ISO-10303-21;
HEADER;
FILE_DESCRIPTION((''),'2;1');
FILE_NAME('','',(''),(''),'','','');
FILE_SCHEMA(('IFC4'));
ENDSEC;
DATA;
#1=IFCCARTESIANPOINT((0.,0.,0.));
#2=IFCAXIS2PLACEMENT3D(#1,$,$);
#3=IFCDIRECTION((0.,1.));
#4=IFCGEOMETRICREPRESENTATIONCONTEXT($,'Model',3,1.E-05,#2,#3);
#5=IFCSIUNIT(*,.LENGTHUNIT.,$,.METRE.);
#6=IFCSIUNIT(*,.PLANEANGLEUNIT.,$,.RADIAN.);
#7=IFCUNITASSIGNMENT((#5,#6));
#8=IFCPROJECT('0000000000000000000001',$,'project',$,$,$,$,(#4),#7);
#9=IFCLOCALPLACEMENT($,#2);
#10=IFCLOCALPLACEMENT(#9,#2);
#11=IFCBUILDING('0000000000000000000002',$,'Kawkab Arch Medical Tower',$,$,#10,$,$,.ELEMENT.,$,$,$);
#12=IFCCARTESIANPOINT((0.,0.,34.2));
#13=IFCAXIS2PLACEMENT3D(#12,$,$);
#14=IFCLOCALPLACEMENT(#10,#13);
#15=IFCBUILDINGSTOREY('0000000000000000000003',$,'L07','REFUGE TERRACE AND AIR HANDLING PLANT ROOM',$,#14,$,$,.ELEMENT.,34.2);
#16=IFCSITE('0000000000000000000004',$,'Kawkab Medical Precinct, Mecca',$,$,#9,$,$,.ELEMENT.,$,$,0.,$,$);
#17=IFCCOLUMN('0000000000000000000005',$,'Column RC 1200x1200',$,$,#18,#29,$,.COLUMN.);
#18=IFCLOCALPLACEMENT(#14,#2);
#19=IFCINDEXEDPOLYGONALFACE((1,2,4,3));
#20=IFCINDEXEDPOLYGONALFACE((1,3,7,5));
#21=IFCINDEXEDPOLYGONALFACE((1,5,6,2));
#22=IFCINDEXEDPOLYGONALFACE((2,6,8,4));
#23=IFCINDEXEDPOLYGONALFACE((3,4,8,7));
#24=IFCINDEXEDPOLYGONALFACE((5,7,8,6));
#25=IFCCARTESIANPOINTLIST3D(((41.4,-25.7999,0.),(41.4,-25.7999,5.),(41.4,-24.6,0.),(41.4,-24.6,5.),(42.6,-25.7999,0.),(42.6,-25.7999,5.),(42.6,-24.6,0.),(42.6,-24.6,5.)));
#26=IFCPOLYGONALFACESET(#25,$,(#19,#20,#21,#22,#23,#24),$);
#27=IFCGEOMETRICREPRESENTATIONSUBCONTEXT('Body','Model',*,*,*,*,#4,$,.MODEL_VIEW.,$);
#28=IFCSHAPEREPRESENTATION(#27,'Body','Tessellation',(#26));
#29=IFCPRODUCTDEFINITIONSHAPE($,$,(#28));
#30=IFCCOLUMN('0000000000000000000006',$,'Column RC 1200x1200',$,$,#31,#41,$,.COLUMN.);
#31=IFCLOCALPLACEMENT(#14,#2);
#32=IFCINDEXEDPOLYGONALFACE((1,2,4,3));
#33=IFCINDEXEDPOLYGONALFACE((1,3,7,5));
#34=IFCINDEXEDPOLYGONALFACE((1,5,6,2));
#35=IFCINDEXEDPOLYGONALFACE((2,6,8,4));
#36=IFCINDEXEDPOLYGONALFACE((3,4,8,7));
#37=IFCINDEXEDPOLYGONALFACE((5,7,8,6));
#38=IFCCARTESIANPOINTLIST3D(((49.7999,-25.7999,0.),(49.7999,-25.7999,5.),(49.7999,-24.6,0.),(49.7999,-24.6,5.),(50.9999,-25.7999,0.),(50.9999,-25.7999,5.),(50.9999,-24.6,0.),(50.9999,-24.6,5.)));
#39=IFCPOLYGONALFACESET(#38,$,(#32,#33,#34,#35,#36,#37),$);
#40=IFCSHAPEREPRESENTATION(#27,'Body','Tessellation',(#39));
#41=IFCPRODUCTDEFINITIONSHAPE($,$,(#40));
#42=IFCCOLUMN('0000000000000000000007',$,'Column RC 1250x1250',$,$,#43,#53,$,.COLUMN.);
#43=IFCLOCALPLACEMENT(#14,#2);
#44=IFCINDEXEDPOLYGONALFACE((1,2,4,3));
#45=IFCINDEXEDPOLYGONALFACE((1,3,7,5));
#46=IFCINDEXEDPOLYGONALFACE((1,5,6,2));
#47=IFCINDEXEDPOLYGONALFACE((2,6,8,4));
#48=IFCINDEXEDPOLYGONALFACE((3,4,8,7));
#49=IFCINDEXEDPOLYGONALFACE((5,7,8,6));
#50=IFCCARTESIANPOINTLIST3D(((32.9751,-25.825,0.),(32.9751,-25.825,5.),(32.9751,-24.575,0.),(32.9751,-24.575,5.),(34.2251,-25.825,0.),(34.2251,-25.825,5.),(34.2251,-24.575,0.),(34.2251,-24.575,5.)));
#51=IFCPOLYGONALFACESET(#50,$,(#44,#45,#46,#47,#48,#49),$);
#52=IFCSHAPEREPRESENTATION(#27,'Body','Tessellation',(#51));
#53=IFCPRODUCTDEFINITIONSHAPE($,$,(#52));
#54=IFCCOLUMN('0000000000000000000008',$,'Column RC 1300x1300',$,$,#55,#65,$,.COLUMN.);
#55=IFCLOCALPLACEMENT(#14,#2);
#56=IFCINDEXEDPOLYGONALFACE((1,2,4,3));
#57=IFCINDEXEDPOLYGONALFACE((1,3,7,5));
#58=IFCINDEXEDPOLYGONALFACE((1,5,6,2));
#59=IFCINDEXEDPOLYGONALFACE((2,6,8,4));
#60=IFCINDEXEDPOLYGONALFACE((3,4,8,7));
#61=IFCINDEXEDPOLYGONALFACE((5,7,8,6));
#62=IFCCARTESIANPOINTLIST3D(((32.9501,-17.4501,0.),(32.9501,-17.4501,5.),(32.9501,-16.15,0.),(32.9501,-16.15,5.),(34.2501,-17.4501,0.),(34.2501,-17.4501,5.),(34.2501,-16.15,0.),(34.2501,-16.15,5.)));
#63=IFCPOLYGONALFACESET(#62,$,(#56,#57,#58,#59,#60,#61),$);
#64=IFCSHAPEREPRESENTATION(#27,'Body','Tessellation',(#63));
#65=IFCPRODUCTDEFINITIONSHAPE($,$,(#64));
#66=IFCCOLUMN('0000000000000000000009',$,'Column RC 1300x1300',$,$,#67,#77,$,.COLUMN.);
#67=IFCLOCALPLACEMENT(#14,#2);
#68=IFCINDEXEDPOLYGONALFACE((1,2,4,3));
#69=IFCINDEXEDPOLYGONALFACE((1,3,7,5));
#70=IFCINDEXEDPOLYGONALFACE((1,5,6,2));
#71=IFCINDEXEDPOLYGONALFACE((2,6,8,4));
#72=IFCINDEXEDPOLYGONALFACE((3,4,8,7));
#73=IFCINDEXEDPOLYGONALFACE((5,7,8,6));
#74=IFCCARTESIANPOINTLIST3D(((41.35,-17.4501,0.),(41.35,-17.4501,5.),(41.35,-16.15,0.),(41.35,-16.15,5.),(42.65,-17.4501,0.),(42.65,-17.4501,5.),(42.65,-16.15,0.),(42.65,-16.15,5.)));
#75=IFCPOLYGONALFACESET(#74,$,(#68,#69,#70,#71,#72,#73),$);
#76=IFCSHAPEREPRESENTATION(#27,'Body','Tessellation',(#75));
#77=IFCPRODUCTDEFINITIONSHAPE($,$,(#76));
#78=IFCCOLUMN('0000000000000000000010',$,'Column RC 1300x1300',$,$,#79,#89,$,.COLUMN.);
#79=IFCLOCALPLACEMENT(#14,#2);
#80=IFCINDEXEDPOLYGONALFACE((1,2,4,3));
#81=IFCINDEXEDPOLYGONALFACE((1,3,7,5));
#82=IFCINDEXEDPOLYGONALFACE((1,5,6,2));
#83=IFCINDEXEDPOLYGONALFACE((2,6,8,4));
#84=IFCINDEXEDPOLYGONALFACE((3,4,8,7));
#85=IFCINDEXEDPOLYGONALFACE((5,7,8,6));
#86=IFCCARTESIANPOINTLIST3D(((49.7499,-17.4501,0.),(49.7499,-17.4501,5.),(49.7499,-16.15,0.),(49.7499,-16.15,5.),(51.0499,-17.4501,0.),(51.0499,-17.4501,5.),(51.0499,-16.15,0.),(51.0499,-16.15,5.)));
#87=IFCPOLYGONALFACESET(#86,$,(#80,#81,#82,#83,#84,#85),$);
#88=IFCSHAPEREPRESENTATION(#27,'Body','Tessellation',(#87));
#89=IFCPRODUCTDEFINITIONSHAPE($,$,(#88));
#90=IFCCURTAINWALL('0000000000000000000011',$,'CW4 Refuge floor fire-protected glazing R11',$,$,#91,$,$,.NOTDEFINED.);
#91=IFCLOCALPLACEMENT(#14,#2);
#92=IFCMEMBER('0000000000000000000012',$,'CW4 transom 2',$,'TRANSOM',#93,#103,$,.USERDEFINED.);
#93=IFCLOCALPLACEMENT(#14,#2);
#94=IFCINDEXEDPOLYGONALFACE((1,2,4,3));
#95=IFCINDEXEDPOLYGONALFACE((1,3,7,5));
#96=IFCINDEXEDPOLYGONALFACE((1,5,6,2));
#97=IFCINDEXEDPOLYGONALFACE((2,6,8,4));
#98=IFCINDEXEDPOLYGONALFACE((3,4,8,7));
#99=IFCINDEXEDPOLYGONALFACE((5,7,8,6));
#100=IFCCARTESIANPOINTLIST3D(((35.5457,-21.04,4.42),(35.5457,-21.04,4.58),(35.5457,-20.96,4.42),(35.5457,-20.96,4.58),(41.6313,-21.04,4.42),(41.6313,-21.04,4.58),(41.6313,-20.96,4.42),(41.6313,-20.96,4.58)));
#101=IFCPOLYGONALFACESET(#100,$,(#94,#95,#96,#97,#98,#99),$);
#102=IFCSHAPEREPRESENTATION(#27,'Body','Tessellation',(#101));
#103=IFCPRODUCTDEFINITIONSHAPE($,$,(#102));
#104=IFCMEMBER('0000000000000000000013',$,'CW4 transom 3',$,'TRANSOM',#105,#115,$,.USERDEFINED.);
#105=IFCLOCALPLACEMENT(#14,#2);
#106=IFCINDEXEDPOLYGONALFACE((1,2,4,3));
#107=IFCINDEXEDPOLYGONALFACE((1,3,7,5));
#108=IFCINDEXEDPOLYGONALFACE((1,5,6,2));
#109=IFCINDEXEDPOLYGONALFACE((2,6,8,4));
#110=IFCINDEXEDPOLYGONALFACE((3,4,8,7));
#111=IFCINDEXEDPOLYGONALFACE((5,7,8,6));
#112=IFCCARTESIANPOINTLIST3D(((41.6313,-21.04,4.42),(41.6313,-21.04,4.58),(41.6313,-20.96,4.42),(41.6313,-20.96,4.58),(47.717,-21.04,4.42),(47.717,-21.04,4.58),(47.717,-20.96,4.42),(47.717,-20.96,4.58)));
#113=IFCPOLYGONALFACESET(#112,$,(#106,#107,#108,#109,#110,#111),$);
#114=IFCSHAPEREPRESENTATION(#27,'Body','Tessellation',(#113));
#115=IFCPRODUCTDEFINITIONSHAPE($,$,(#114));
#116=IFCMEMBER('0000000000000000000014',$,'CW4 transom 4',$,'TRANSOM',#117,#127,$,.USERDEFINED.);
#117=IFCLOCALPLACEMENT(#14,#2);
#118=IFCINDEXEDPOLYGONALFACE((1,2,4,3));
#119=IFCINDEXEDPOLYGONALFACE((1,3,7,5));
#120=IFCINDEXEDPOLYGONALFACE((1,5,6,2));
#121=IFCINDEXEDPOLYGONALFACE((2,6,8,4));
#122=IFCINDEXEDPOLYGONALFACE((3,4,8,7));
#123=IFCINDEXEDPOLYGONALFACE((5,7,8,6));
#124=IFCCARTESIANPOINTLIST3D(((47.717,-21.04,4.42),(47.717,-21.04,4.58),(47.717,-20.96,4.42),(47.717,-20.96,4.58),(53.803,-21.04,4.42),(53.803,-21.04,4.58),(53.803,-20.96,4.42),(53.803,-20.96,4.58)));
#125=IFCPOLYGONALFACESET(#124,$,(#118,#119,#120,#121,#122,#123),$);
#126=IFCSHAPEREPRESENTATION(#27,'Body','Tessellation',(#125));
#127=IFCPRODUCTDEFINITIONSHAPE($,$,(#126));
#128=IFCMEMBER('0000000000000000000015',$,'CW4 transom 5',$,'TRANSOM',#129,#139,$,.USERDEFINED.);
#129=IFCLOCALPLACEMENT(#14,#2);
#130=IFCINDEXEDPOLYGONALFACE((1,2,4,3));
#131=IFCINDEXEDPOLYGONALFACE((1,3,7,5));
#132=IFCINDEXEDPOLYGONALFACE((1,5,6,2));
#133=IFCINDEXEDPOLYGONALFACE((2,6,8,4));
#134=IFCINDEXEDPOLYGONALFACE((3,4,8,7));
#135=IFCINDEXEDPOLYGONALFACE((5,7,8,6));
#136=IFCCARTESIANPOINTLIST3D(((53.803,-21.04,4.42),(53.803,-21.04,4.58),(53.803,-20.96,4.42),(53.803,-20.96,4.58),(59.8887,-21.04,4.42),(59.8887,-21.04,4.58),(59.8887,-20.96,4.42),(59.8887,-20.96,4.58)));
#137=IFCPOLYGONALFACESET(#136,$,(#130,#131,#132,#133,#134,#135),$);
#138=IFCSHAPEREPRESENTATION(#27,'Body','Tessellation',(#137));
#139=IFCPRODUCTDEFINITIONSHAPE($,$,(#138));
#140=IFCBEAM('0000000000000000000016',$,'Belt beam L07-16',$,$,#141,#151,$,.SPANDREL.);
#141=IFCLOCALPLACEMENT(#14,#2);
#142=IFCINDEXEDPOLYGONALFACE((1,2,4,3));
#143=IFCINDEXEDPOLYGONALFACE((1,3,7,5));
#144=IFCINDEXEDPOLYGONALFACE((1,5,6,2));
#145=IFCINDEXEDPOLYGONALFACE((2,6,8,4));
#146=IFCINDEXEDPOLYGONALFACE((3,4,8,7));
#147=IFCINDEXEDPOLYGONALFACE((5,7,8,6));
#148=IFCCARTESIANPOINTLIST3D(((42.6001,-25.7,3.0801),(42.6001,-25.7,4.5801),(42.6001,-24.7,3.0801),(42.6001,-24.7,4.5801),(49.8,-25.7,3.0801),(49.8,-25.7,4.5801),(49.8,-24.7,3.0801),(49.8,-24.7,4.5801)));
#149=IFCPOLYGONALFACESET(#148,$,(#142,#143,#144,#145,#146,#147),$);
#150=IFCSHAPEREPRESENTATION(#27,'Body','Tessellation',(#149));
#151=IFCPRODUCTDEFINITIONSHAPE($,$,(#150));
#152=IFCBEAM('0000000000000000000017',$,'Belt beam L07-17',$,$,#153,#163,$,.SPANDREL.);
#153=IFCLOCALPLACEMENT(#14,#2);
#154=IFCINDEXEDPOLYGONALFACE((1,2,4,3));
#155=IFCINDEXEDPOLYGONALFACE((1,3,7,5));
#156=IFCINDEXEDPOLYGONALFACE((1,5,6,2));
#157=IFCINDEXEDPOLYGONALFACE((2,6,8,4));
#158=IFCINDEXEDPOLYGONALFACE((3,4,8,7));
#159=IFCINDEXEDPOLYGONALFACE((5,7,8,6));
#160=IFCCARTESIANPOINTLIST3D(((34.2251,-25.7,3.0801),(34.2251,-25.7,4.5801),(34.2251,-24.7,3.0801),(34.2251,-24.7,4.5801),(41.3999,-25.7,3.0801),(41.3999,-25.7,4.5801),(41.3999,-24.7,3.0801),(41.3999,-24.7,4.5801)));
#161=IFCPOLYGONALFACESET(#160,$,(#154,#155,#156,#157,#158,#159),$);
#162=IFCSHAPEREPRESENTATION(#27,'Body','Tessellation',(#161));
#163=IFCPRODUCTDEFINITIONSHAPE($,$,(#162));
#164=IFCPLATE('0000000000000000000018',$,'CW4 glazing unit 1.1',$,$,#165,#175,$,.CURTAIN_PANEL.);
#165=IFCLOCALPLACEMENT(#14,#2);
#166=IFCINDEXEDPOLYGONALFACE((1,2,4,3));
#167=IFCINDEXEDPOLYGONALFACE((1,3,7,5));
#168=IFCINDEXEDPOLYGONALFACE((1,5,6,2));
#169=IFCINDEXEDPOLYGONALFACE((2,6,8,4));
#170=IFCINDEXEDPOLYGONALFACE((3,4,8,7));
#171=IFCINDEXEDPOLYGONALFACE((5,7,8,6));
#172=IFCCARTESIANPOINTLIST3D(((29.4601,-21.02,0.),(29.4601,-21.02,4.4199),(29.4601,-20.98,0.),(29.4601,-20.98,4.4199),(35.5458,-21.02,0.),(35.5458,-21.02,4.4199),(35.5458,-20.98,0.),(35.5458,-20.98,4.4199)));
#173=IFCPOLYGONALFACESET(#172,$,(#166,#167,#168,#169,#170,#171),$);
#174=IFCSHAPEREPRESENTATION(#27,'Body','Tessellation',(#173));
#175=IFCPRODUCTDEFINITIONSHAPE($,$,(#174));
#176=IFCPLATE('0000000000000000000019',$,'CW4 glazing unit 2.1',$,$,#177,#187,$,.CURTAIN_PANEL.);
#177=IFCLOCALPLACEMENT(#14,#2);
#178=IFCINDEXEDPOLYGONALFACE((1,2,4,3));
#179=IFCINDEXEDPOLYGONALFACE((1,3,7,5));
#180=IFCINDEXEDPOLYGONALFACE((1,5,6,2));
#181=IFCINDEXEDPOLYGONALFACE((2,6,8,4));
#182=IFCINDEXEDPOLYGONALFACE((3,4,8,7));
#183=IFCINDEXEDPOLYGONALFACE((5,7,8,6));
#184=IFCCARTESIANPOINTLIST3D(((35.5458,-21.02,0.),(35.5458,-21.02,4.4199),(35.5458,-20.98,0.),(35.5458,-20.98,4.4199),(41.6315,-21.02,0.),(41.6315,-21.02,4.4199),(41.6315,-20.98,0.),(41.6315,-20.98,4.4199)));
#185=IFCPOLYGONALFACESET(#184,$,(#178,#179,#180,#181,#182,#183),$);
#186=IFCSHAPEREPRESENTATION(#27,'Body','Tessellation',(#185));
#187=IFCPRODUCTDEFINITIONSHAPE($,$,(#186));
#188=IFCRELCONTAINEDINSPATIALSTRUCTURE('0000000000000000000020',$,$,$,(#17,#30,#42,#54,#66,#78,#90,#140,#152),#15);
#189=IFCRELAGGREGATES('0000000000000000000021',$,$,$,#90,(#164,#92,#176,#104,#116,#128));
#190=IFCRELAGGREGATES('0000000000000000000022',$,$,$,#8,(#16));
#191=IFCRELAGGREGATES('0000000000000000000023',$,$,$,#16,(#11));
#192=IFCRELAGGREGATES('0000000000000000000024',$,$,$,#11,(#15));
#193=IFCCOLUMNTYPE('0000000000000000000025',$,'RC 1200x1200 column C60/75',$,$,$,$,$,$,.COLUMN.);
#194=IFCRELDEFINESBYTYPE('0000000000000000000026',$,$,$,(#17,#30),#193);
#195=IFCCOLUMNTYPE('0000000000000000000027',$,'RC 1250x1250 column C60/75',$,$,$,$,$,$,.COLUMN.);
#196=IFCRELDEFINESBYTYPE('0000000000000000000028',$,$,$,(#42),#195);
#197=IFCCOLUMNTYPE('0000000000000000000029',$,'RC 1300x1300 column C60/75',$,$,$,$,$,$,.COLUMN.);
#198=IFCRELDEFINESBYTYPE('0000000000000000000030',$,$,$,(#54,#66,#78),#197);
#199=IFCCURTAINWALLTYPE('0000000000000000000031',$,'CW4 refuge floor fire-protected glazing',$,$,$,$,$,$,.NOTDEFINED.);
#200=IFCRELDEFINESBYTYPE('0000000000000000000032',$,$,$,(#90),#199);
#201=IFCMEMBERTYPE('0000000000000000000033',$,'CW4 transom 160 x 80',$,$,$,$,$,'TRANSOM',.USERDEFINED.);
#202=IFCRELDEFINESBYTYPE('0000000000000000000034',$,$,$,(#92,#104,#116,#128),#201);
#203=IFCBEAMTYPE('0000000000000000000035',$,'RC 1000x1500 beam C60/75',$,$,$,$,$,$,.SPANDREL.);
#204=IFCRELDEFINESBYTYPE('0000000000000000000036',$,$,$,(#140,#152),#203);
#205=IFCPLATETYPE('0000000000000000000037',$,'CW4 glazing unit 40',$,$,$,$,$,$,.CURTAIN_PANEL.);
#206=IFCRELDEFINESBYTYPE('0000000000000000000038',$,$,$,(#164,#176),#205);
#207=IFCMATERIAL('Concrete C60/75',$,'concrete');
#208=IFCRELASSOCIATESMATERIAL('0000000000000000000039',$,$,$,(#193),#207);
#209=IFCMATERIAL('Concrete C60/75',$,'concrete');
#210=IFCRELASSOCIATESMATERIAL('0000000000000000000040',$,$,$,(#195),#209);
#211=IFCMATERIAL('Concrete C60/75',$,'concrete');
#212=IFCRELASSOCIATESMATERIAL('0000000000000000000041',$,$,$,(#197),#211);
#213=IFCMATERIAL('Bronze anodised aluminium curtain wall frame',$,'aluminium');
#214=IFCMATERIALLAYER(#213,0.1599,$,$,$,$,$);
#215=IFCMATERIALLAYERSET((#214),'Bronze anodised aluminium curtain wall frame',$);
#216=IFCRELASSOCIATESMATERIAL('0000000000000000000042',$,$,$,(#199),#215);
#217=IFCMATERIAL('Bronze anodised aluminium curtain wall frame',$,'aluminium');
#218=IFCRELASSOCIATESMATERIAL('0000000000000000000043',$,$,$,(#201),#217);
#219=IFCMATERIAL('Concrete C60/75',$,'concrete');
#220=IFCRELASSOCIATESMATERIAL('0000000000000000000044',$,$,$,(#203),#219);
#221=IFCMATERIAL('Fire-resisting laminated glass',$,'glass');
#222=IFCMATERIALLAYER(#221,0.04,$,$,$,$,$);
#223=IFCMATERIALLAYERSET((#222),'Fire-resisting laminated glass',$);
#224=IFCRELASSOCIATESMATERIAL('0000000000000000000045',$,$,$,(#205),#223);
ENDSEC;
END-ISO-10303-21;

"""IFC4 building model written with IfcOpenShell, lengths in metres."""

from ifc_helpers import new_model, si_unit, direction, frame, origin, origin_2d, place, context, subcontext, project, spatial, rectangle, extrude, material, layer, layer_set, material_profile, profile_set, type_object, element, aggregate, save


model = new_model("IFC4")

# Units and contexts
model_context = context("Model", 3, precision=1e-05, world=origin(), true_north=direction((0.0, 1.0)))
body_context = subcontext(model_context, "Body", "Model", "MODEL_VIEW")
ifc_project = project(units=[si_unit("LENGTHUNIT", "METRE"), si_unit("PLANEANGLEUNIT", "RADIAN")], contexts=[model_context])

# Site, building, storey
site_placement = place(None, origin())
site = spatial("IfcSite", under=ifc_project, at=site_placement, Name="Kawkab Medical Precinct, Mecca", CompositionType="ELEMENT", RefElevation=0.0)
building_placement = place(site_placement, origin())
building = spatial("IfcBuilding", under=site, at=building_placement, Name="Kawkab Arch Medical Tower", CompositionType="ELEMENT")
storey_placement = place(building_placement, frame((0.0, 0.0, 34.2)))
storey = spatial("IfcBuildingStorey", under=building, at=storey_placement, Name="L07", Description="REFUGE TERRACE AND AIR HANDLING PLANT ROOM", CompositionType="ELEMENT", Elevation=34.2)

# Columns
ifc_material_1 = material(Name="Concrete C60/75", Category="concrete")
ifc_material_profile_1 = material_profile(ifc_material_1, rectangle(XDim=1.2, YDim=1.2, at=origin_2d()), Name="RC 1200x1200")
ifc_profile_set_1 = profile_set([ifc_material_profile_1], Name="Concrete C60/75")
column_type_1 = type_object("IfcColumnType", Name="RC 1200x1200 column C60/75", PredefinedType="COLUMN", material=ifc_profile_set_1)
for number, where, z_axis, x_axis, name in (
    (1, (42.0, -25.2, 0.0), (0.0, 0.0, 1.0), (1.0, 0.0, 0.0), "Column RC 1200x1200"),
    (2, (50.3999, -25.2, 0.0), (0.0, 0.0, 1.0), (1.0, 0.0, 0.0), "Column RC 1200x1200"),
):
    element("IfcColumn", number, at=place(storey_placement, frame(where, z_axis=z_axis, x_axis=x_axis)), inside=storey, type_object=column_type_1, Name=name, PredefinedType="COLUMN", context=body_context, shape_type="SweptSolid", body=[
        extrude(rectangle(XDim=1.2, YDim=1.2, at=origin_2d()), origin(), (0.0, 0.0, 1.0), 5.0),
    ])
ifc_material_2 = material(Name="Concrete C60/75", Category="concrete")
ifc_material_profile_2 = material_profile(ifc_material_2, rectangle(XDim=1.25, YDim=1.25, at=origin_2d()), Name="RC 1250x1250")
ifc_profile_set_2 = profile_set([ifc_material_profile_2], Name="Concrete C60/75")
column_type_2 = type_object("IfcColumnType", Name="RC 1250x1250 column C60/75", PredefinedType="COLUMN", material=ifc_profile_set_2)
column_placement = place(storey_placement, frame((33.6001, -25.2, 0.0), z_axis=(0.0, 0.0, 1.0), x_axis=(1.0, 0.0, 0.0)))
element("IfcColumn", 3, at=column_placement, inside=storey, type_object=column_type_2, Name="Column RC 1250x1250", PredefinedType="COLUMN", context=body_context, shape_type="SweptSolid", body=[
    extrude(rectangle(XDim=1.25, YDim=1.25, at=origin_2d()), origin(), (0.0, 0.0, 1.0), 5.0),
])
ifc_material_3 = material(Name="Concrete C60/75", Category="concrete")
ifc_material_profile_3 = material_profile(ifc_material_3, rectangle(XDim=1.3, YDim=1.3, at=origin_2d()), Name="RC 1300x1300")
ifc_profile_set_3 = profile_set([ifc_material_profile_3], Name="Concrete C60/75")
column_type_3 = type_object("IfcColumnType", Name="RC 1300x1300 column C60/75", PredefinedType="COLUMN", material=ifc_profile_set_3)
for number, where, z_axis, x_axis, name in (
    (4, (33.6001, -16.8, 0.0), (0.0, 0.0, 1.0), (1.0, 0.0, 0.0), "Column RC 1300x1300"),
    (5, (42.0, -16.8, 0.0), (0.0, 0.0, 1.0), (1.0, 0.0, 0.0), "Column RC 1300x1300"),
    (6, (50.3999, -16.8, 0.0), (0.0, 0.0, 1.0), (1.0, 0.0, 0.0), "Column RC 1300x1300"),
):
    element("IfcColumn", number, at=place(storey_placement, frame(where, z_axis=z_axis, x_axis=x_axis)), inside=storey, type_object=column_type_3, Name=name, PredefinedType="COLUMN", context=body_context, shape_type="SweptSolid", body=[
        extrude(rectangle(XDim=1.3, YDim=1.3, at=origin_2d()), origin(), (0.0, 0.0, 1.0), 5.0),
    ])

# Curtain wall, members
ifc_material_4 = material(Name="Bronze anodised aluminium curtain wall frame", Category="aluminium")
ifc_layer_1 = layer(ifc_material_4, 0.1599)
ifc_layer_set_1 = layer_set([ifc_layer_1], Name="Bronze anodised aluminium curtain wall frame")
curtain_wall_type = type_object("IfcCurtainWallType", Name="CW4 refuge floor fire-protected glazing", PredefinedType="NOTDEFINED", material=ifc_layer_set_1)
curtain_wall_placement = place(storey_placement, origin())
curtain_wall = element("IfcCurtainWall", 7, at=curtain_wall_placement, inside=storey, type_object=curtain_wall_type, Name="CW4 Refuge floor fire-protected glazing R11", PredefinedType="NOTDEFINED")
ifc_material_5 = material(Name="Bronze anodised aluminium curtain wall frame", Category="aluminium")
ifc_material_profile_4 = material_profile(ifc_material_5, rectangle(XDim=0.0801, YDim=0.1599, at=origin_2d()), Name="AL 80x160")
ifc_profile_set_4 = profile_set([ifc_material_profile_4], Name="Bronze anodised aluminium curtain wall frame")
member_type = type_object("IfcMemberType", Name="CW4 transom 160 x 80", ElementType="TRANSOM", PredefinedType="USERDEFINED", material=ifc_profile_set_4)
member_1_placement = place(storey_placement, frame((35.5457, -21.0, 4.5), z_axis=(1.0, 0.0, 0.0), x_axis=(0.0, 1.0, 0.0)))
member_1 = element("IfcMember", 8, at=member_1_placement, type_object=member_type, Name="CW4 transom 2", ObjectType="TRANSOM", PredefinedType="USERDEFINED", context=body_context, shape_type="SweptSolid", body=[
    extrude(rectangle(XDim=0.0801, YDim=0.1599, at=origin_2d()), origin(), (0.0, 0.0, 1.0), 6.0857),
])
member_2_placement = place(storey_placement, frame((41.6313, -21.0, 4.5), z_axis=(1.0, 0.0, 0.0), x_axis=(0.0, 1.0, 0.0)))
member_2 = element("IfcMember", 9, at=member_2_placement, type_object=member_type, Name="CW4 transom 3", ObjectType="TRANSOM", PredefinedType="USERDEFINED", context=body_context, shape_type="SweptSolid", body=[
    extrude(rectangle(XDim=0.0801, YDim=0.1599, at=origin_2d()), origin(), (0.0, 0.0, 1.0), 6.0857),
])
member_3_placement = place(storey_placement, frame((47.717, -21.0, 4.5), z_axis=(1.0, 0.0, 0.0), x_axis=(0.0, 1.0, 0.0)))
member_3 = element("IfcMember", 10, at=member_3_placement, type_object=member_type, Name="CW4 transom 4", ObjectType="TRANSOM", PredefinedType="USERDEFINED", context=body_context, shape_type="SweptSolid", body=[
    extrude(rectangle(XDim=0.0801, YDim=0.1599, at=origin_2d()), origin(), (0.0, 0.0, 1.0), 6.0859),
])
member_4_placement = place(storey_placement, frame((53.803, -21.0, 4.5), z_axis=(1.0, 0.0, 0.0), x_axis=(0.0, 1.0, 0.0)))
member_4 = element("IfcMember", 11, at=member_4_placement, type_object=member_type, Name="CW4 transom 5", ObjectType="TRANSOM", PredefinedType="USERDEFINED", context=body_context, shape_type="SweptSolid", body=[
    extrude(rectangle(XDim=0.0801, YDim=0.1599, at=origin_2d()), origin(), (0.0, 0.0, 1.0), 6.0857),
])

# Beams
ifc_material_6 = material(Name="Concrete C60/75", Category="concrete")
ifc_material_profile_5 = material_profile(ifc_material_6, rectangle(XDim=1.0, YDim=1.5, at=origin_2d()), Name="RC 1000x1500")
ifc_profile_set_5 = profile_set([ifc_material_profile_5], Name="Concrete C60/75")
beam_type = type_object("IfcBeamType", Name="RC 1000x1500 beam C60/75", PredefinedType="SPANDREL", material=ifc_profile_set_5)
beam_1_placement = place(storey_placement, frame((49.8, -25.2, 3.8301), z_axis=(-1.0, 0.0, 0.0), x_axis=(0.0, -1.0, 0.0)))
element("IfcBeam", 12, at=beam_1_placement, inside=storey, type_object=beam_type, Name="Belt beam L07-16", PredefinedType="SPANDREL", context=body_context, shape_type="SweptSolid", body=[
    extrude(rectangle(XDim=1.0, YDim=1.5, at=origin_2d()), origin(), (0.0, 0.0, 1.0), 7.2),
])
beam_2_placement = place(storey_placement, frame((41.3999, -25.2, 3.8301), z_axis=(-1.0, 0.0, 0.0), x_axis=(0.0, -1.0, 0.0)))
element("IfcBeam", 13, at=beam_2_placement, inside=storey, type_object=beam_type, Name="Belt beam L07-17", PredefinedType="SPANDREL", context=body_context, shape_type="SweptSolid", body=[
    extrude(rectangle(XDim=1.0, YDim=1.5, at=origin_2d()), origin(), (0.0, 0.0, 1.0), 7.1748),
])

# Plates
ifc_material_7 = material(Name="Fire-resisting laminated glass", Category="glass")
ifc_layer_2 = layer(ifc_material_7, 0.04)
ifc_layer_set_2 = layer_set([ifc_layer_2], Name="Fire-resisting laminated glass")
plate_type = type_object("IfcPlateType", Name="CW4 glazing unit 40", PredefinedType="CURTAIN_PANEL", material=ifc_layer_set_2)
plate_1_placement = place(storey_placement, frame((32.5029, -21.0, 0.0), z_axis=(0.0, 0.0, 1.0), x_axis=(1.0, 0.0, 0.0)))
plate_1 = element("IfcPlate", 14, at=plate_1_placement, type_object=plate_type, Name="CW4 glazing unit 1.1", PredefinedType="CURTAIN_PANEL", context=body_context, shape_type="SweptSolid", body=[
    extrude(rectangle(XDim=6.0857, YDim=0.04, at=origin_2d()), origin(), (0.0, 0.0, 1.0), 4.4199),
])
plate_2_placement = place(storey_placement, frame((38.5886, -21.0, 0.0), z_axis=(0.0, 0.0, 1.0), x_axis=(1.0, 0.0, 0.0)))
plate_2 = element("IfcPlate", 15, at=plate_2_placement, type_object=plate_type, Name="CW4 glazing unit 2.1", PredefinedType="CURTAIN_PANEL", context=body_context, shape_type="SweptSolid", body=[
    extrude(rectangle(XDim=6.0857, YDim=0.04, at=origin_2d()), origin(), (0.0, 0.0, 1.0), 4.4199),
])
aggregate(curtain_wall, [plate_1, member_1, plate_2, member_2, member_3, member_4])

save(model, "model.ifc")
